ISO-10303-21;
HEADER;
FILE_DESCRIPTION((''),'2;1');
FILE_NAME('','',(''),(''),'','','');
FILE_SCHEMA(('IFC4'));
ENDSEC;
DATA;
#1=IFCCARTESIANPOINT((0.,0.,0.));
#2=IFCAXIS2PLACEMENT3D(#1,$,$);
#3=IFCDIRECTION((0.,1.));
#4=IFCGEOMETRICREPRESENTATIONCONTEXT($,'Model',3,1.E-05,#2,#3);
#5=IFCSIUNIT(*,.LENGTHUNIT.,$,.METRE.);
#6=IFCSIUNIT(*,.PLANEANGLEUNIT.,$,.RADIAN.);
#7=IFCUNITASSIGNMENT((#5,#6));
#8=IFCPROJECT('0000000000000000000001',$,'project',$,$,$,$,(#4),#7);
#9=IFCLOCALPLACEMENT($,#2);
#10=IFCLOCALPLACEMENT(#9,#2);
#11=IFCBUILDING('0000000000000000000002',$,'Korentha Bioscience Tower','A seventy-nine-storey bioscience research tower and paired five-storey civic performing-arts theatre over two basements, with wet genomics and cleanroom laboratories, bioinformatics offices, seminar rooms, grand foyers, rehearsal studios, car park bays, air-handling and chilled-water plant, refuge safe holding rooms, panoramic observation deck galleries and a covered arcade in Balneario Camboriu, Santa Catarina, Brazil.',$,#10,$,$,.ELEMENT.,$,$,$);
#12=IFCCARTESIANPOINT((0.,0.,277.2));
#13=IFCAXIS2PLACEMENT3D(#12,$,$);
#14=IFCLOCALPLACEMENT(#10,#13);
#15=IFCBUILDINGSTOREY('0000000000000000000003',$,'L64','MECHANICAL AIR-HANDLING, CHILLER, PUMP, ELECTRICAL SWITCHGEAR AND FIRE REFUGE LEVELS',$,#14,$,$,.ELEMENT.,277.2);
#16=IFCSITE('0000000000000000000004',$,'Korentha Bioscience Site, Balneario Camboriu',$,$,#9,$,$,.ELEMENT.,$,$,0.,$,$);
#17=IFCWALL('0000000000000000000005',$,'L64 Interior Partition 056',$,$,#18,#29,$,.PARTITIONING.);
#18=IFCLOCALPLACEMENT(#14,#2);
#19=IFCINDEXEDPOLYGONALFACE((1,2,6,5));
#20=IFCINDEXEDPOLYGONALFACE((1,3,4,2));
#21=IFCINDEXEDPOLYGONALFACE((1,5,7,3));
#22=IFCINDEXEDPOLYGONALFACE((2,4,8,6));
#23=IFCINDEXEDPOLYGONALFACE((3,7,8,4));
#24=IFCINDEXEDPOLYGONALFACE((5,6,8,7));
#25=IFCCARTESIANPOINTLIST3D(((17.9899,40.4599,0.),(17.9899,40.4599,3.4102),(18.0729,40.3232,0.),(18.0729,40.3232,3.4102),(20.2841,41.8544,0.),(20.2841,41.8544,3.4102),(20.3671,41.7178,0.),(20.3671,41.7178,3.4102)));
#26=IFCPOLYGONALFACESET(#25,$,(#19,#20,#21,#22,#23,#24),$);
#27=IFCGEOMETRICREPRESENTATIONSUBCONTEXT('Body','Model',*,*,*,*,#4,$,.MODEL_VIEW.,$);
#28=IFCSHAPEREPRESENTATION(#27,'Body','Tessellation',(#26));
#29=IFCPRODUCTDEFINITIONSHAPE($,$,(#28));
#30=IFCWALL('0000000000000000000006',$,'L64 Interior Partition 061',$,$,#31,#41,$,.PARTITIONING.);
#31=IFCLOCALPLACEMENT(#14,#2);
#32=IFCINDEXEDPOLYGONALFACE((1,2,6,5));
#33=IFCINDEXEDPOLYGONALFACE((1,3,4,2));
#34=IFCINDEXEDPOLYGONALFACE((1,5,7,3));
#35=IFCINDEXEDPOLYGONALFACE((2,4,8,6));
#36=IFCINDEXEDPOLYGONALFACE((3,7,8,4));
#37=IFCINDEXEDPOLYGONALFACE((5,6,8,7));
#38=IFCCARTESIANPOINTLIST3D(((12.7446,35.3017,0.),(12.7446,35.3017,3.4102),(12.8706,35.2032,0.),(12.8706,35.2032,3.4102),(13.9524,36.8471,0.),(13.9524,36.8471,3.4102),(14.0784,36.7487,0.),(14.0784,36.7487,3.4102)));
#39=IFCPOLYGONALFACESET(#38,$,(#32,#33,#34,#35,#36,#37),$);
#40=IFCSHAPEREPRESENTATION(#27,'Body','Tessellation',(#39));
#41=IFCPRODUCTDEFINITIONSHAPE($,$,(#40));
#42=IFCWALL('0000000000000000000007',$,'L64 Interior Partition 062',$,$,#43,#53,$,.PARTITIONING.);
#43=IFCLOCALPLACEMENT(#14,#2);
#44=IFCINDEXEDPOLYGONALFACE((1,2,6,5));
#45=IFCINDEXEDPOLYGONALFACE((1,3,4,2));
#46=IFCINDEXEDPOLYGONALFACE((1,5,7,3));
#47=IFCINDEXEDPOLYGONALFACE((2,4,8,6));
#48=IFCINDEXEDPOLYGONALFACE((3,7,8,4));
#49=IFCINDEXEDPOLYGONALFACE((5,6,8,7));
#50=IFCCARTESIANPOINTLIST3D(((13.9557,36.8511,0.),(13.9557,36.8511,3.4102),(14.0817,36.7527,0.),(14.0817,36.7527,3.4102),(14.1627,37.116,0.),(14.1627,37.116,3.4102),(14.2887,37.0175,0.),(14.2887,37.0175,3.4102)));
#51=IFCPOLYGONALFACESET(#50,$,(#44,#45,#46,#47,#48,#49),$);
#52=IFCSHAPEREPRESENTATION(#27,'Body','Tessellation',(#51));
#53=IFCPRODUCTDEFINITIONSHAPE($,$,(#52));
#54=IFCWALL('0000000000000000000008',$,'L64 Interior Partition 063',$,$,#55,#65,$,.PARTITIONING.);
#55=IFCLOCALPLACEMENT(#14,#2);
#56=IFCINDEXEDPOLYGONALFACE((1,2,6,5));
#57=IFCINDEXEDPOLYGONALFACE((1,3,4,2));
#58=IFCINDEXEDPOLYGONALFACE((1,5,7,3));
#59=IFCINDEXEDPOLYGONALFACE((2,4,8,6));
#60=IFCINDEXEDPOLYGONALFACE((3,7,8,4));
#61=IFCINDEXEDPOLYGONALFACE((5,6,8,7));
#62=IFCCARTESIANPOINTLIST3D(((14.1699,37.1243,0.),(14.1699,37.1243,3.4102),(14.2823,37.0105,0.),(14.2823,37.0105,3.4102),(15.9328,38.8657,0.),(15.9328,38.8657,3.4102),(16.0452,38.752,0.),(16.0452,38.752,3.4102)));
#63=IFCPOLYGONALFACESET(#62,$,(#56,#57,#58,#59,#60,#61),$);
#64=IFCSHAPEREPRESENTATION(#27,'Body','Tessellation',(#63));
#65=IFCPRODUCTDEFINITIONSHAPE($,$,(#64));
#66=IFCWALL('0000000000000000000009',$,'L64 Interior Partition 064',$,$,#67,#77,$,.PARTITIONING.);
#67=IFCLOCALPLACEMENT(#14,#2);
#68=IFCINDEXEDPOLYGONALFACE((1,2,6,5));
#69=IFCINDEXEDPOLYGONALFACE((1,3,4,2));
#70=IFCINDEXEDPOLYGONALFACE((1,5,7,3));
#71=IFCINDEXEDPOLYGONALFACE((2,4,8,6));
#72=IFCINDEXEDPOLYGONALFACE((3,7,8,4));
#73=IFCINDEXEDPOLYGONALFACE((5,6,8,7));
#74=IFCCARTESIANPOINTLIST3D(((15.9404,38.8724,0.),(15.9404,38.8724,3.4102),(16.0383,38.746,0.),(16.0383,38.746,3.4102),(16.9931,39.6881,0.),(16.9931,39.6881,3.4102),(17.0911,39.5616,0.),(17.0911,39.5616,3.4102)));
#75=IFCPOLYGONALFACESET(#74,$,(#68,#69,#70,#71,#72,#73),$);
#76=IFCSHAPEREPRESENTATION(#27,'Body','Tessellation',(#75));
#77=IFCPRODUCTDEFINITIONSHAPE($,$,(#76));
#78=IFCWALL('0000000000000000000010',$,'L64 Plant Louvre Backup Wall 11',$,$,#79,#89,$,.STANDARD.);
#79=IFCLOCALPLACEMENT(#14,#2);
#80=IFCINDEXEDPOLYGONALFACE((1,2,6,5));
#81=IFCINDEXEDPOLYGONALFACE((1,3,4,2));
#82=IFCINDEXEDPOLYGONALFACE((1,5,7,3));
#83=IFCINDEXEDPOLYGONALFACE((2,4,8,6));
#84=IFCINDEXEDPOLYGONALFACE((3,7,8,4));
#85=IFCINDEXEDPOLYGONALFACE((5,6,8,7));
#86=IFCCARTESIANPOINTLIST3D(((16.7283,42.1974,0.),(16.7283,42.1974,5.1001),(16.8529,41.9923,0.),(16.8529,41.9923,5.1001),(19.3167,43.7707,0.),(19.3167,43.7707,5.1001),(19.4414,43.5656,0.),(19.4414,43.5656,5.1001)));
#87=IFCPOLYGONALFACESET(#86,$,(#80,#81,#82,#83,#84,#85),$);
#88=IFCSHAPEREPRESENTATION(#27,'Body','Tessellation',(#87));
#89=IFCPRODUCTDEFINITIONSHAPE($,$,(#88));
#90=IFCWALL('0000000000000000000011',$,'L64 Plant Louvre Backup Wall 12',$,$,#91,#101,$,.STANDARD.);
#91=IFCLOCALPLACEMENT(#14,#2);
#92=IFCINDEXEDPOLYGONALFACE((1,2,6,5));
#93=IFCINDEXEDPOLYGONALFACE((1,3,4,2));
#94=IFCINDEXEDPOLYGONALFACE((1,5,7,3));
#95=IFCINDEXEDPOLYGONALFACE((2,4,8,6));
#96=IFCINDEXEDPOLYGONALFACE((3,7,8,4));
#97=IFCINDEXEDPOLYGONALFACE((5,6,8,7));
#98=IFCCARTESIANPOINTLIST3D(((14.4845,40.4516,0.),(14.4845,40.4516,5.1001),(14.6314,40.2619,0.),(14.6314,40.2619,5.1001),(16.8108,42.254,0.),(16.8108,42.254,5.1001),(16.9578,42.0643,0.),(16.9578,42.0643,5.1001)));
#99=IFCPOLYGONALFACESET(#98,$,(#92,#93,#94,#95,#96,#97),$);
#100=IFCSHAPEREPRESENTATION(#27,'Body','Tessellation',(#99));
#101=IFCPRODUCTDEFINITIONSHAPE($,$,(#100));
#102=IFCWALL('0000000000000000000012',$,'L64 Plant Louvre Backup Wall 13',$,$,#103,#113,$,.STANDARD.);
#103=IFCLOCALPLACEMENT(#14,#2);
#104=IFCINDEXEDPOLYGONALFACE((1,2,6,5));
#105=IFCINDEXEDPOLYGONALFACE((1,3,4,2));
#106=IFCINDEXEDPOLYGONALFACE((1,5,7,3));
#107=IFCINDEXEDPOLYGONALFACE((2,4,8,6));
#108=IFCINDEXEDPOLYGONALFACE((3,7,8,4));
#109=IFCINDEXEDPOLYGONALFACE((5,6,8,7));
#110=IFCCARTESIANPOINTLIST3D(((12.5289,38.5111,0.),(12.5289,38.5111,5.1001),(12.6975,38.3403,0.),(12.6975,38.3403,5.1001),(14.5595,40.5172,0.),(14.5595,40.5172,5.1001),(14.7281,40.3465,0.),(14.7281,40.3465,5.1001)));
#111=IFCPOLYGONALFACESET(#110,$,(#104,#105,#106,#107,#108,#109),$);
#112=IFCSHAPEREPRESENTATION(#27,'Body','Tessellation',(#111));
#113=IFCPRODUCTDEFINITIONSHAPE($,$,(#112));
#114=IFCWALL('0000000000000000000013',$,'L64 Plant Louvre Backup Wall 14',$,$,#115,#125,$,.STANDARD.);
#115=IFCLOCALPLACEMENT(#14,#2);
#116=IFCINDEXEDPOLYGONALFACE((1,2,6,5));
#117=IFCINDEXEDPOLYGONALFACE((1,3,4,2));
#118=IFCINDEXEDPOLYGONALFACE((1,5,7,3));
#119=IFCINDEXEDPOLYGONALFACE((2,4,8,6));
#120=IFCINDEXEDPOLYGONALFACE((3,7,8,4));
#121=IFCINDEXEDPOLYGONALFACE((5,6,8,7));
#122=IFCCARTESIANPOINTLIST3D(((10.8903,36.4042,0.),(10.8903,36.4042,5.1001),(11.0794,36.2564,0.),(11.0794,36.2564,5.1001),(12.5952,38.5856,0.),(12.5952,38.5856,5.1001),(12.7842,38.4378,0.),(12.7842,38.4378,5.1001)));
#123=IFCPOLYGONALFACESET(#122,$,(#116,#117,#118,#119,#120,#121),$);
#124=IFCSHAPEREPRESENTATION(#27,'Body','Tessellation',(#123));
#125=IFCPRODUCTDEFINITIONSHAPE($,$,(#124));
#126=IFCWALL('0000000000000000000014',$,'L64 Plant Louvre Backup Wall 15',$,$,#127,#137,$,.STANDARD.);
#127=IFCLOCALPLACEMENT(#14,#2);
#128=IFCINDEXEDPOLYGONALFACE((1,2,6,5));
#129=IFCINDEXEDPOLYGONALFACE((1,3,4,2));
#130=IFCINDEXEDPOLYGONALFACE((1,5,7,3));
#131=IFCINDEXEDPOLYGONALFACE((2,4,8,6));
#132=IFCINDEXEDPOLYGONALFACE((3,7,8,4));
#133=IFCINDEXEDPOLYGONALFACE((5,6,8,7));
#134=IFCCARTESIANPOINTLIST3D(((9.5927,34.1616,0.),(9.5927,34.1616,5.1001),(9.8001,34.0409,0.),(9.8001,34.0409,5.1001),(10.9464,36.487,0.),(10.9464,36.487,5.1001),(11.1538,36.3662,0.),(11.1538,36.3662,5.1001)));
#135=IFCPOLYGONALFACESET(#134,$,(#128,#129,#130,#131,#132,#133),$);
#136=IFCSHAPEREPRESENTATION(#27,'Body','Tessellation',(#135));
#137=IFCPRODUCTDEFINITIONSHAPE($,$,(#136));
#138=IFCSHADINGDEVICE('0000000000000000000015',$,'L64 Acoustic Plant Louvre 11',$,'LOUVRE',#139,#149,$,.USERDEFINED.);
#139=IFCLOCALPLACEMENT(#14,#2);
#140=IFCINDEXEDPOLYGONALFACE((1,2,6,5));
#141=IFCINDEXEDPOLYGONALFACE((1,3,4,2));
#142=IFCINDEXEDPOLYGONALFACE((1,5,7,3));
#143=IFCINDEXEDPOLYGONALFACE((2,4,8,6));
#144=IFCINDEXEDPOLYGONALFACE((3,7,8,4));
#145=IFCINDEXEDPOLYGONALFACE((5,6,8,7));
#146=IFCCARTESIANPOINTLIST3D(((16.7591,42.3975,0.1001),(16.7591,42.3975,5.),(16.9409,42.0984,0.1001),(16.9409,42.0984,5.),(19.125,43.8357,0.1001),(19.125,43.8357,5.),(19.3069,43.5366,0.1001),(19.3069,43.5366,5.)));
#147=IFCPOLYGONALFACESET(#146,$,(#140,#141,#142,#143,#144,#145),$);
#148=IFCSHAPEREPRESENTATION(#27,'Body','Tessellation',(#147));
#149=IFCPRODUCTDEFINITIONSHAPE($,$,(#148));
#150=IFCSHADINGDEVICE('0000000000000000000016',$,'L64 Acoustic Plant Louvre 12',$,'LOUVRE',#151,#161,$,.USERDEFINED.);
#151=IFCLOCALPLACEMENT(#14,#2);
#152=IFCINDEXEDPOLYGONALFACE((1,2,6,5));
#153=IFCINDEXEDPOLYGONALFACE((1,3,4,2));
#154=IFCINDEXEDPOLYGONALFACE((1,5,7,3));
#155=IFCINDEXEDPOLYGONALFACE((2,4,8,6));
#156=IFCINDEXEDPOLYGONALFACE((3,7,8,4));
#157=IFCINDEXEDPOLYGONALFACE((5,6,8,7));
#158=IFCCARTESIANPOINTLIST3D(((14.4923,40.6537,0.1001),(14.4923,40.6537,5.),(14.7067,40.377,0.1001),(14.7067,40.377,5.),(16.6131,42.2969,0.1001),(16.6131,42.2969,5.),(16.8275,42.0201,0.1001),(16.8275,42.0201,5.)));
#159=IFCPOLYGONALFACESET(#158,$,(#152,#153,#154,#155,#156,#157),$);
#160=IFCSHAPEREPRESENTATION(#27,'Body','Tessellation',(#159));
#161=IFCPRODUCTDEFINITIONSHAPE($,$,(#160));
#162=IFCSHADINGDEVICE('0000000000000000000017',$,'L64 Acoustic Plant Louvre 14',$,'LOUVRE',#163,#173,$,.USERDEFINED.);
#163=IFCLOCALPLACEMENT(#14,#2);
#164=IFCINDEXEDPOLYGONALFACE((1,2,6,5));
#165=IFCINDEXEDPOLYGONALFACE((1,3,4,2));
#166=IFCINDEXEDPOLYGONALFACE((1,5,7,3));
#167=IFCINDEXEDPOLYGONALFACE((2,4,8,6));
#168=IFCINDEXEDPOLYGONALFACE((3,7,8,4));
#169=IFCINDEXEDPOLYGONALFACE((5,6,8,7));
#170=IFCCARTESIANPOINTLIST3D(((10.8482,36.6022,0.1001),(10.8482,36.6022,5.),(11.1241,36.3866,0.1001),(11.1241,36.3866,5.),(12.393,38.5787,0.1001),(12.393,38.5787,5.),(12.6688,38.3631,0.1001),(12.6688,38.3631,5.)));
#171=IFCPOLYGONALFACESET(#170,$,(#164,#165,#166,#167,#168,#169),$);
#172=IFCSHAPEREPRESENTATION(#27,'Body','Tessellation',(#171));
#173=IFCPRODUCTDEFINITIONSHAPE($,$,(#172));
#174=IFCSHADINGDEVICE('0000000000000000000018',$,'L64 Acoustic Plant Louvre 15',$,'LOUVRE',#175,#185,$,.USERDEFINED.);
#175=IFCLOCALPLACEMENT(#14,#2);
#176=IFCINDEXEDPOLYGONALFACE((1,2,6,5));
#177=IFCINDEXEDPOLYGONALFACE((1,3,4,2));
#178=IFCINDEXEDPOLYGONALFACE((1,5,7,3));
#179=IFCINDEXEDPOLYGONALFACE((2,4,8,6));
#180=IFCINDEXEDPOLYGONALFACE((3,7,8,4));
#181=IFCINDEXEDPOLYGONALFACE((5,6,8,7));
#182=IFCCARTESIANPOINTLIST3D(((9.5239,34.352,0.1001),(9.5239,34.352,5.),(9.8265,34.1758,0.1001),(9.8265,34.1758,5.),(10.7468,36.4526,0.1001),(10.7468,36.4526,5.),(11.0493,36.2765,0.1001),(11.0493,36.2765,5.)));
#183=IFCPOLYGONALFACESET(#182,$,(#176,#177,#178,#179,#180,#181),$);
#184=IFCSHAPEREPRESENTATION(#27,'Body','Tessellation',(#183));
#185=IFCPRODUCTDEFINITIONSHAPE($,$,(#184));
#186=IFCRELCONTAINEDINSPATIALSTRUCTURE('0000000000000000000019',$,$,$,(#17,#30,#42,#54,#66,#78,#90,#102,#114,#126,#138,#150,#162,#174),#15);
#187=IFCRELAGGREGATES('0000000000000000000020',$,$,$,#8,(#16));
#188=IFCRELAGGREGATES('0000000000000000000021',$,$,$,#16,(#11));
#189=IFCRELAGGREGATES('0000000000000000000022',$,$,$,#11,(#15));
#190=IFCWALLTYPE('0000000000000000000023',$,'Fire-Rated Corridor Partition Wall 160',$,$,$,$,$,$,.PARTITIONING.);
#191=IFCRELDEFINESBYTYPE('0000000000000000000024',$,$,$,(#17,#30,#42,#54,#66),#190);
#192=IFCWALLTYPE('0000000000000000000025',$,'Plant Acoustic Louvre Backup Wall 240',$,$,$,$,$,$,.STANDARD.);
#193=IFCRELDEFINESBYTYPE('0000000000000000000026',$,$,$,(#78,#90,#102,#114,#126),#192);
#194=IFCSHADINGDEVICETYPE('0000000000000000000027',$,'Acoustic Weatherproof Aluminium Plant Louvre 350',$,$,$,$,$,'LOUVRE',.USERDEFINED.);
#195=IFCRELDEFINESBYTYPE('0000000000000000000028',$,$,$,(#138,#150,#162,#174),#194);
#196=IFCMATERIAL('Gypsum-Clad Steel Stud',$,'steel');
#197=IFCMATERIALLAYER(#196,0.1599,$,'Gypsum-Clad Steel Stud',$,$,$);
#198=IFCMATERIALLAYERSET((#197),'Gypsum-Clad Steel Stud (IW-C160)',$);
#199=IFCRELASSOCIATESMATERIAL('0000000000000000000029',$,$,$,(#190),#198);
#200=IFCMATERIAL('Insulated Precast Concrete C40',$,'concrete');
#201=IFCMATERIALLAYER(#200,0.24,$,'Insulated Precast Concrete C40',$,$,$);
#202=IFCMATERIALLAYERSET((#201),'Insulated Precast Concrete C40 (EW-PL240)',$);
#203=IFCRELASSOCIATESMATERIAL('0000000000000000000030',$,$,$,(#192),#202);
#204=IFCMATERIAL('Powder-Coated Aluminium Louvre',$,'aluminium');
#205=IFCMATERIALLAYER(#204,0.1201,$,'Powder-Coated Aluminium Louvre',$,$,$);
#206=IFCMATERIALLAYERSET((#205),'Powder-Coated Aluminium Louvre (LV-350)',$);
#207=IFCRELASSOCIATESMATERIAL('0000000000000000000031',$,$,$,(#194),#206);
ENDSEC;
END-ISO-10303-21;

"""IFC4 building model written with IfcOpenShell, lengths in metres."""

from ifc_helpers import new_model, si_unit, direction, frame, frame_2d, origin, origin_2d, place, context, subcontext, project, spatial, rectangle, extrude, material, layer, layer_set, type_object, element, save


model = new_model("IFC4")

# Units and contexts
model_context = context("Model", 3, precision=1e-05, world=origin(), true_north=direction((0.0, 1.0)))
body_context = subcontext(model_context, "Body", "Model", "MODEL_VIEW")
ifc_project = project(units=[si_unit("LENGTHUNIT", "METRE"), si_unit("PLANEANGLEUNIT", "RADIAN")], contexts=[model_context])

# Site, building, storey
site_placement = place(None, origin())
site = spatial("IfcSite", under=ifc_project, at=site_placement, Name="Korentha Bioscience Site, Balneario Camboriu", CompositionType="ELEMENT", RefElevation=0.0)
building_placement = place(site_placement, origin())
building = spatial("IfcBuilding", under=site, at=building_placement, Name="Korentha Bioscience Tower", Description="A seventy-nine-storey bioscience research tower and paired five-storey civic performing-arts theatre over two basements, with wet genomics and cleanroom laboratories, bioinformatics offices, seminar rooms, grand foyers, rehearsal studios, car park bays, air-handling and chilled-water plant, refuge safe holding rooms, panoramic observation deck galleries and a covered arcade in Balneario Camboriu, Santa Catarina, Brazil.", CompositionType="ELEMENT")
storey_placement = place(building_placement, frame((0.0, 0.0, 277.2)))
storey = spatial("IfcBuildingStorey", under=building, at=storey_placement, Name="L64", Description="MECHANICAL AIR-HANDLING, CHILLER, PUMP, ELECTRICAL SWITCHGEAR AND FIRE REFUGE LEVELS", CompositionType="ELEMENT", Elevation=277.2)

# Walls
ifc_material_1 = material(Name="Gypsum-Clad Steel Stud", Category="steel")
ifc_layer_1 = layer(ifc_material_1, 0.1599, Name="Gypsum-Clad Steel Stud")
ifc_layer_set_1 = layer_set([ifc_layer_1], Name="Gypsum-Clad Steel Stud (IW-C160)")
wall_type_1 = type_object("IfcWallType", Name="Fire-Rated Corridor Partition Wall 160", PredefinedType="PARTITIONING", material=ifc_layer_set_1)
wall_1_placement = place(storey_placement, frame((18.0315, 40.3916, 0.0), z_axis=(0.0, 0.0, 1.0), x_axis=(0.854518, 0.519422, 0.0)))
element("IfcWall", 1, at=wall_1_placement, inside=storey, type_object=wall_type_1, Name="L64 Interior Partition 056", PredefinedType="PARTITIONING", context=body_context, shape_type="SweptSolid", body=[
    extrude(rectangle(XDim=2.6848, YDim=0.1599, at=frame_2d((1.3423, 0.0))), origin(), (0.0, 0.0, 1.0), 3.4102),
])
wall_2_placement = place(storey_placement, frame((12.8076, 35.2524, 0.0), z_axis=(0.0, 0.0, 1.0), x_axis=(0.615774, 0.787922, 0.0)))
element("IfcWall", 2, at=wall_2_placement, inside=storey, type_object=wall_type_1, Name="L64 Interior Partition 061", PredefinedType="PARTITIONING", context=body_context, shape_type="SweptSolid", body=[
    extrude(rectangle(XDim=1.9614, YDim=0.1599, at=frame_2d((0.9807, 0.0))), origin(), (0.0, 0.0, 1.0), 3.4102),
])
wall_3_placement = place(storey_placement, frame((14.0188, 36.802, 0.0), z_axis=(0.0, 0.0, 1.0), x_axis=(0.615799, 0.787903, 0.0)))
element("IfcWall", 3, at=wall_3_placement, inside=storey, type_object=wall_type_1, Name="L64 Interior Partition 062", PredefinedType="PARTITIONING", context=body_context, shape_type="SweptSolid", body=[
    extrude(rectangle(XDim=0.3362, YDim=0.1599, at=frame_2d((0.168, 0.0))), origin(), (0.0, 0.0, 1.0), 3.4102),
])
wall_4_placement = place(storey_placement, frame((14.2261, 37.0674, 0.0), z_axis=(0.0, 0.0, 1.0), x_axis=(0.711428, 0.702759, 0.0)))
element("IfcWall", 4, at=wall_4_placement, inside=storey, type_object=wall_type_1, Name="L64 Interior Partition 063", PredefinedType="PARTITIONING", context=body_context, shape_type="SweptSolid", body=[
    extrude(rectangle(XDim=2.478, YDim=0.1599, at=frame_2d((1.239, 0.0))), origin(), (0.0, 0.0, 1.0), 3.4102),
])
wall_5_placement = place(storey_placement, frame((15.9893, 38.8091, 0.0), z_axis=(0.0, 0.0, 1.0), x_axis=(0.790486, 0.61248, 0.0)))
element("IfcWall", 5, at=wall_5_placement, inside=storey, type_object=wall_type_1, Name="L64 Interior Partition 064", PredefinedType="PARTITIONING", context=body_context, shape_type="SweptSolid", body=[
    extrude(rectangle(XDim=1.3318, YDim=0.1599, at=frame_2d((0.666, 0.0))), origin(), (0.0, 0.0, 1.0), 3.4102),
])
ifc_material_2 = material(Name="Insulated Precast Concrete C40", Category="concrete")
ifc_layer_2 = layer(ifc_material_2, 0.24, Name="Insulated Precast Concrete C40")
ifc_layer_set_2 = layer_set([ifc_layer_2], Name="Insulated Precast Concrete C40 (EW-PL240)")
wall_type_2 = type_object("IfcWallType", Name="Plant Acoustic Louvre Backup Wall 240", PredefinedType="STANDARD", material=ifc_layer_set_2)
wall_6_placement = place(storey_placement, frame((19.3792, 43.6682, 0.0), z_axis=(0.0, 0.0, 1.0), x_axis=(-0.854535, -0.519395, 0.0)))
element("IfcWall", 6, at=wall_6_placement, inside=storey, type_object=wall_type_2, Name="L64 Plant Louvre Backup Wall 11", PredefinedType="STANDARD", context=body_context, shape_type="SweptSolid", body=[
    extrude(rectangle(XDim=3.0291, YDim=0.24, at=frame_2d((1.5146, 0.0))), origin(), (0.0, 0.0, 1.0), 5.1001),
])
wall_7_placement = place(storey_placement, frame((16.8843, 42.1592, 0.0), z_axis=(0.0, 0.0, 1.0), x_axis=(-0.790494, -0.612469, 0.0)))
element("IfcWall", 7, at=wall_7_placement, inside=storey, type_object=wall_type_2, Name="L64 Plant Louvre Backup Wall 12", PredefinedType="STANDARD", context=body_context, shape_type="SweptSolid", body=[
    extrude(rectangle(XDim=2.9429, YDim=0.24, at=frame_2d((1.4714, 0.0))), origin(), (0.0, 0.0, 1.0), 5.1001),
])
wall_8_placement = place(storey_placement, frame((14.6438, 40.4319, 0.0), z_axis=(0.0, 0.0, 1.0), x_axis=(-0.71137, -0.702817, 0.0)))
element("IfcWall", 8, at=wall_8_placement, inside=storey, type_object=wall_type_2, Name="L64 Plant Louvre Backup Wall 13", PredefinedType="STANDARD", context=body_context, shape_type="SweptSolid", body=[
    extrude(rectangle(XDim=2.8545, YDim=0.24, at=frame_2d((1.4272, 0.0))), origin(), (0.0, 0.0, 1.0), 5.1001),
])
wall_9_placement = place(storey_placement, frame((12.6897, 38.5117, 0.0), z_axis=(0.0, 0.0, 1.0), x_axis=(-0.615783, -0.787916, 0.0)))
element("IfcWall", 9, at=wall_9_placement, inside=storey, type_object=wall_type_2, Name="L64 Plant Louvre Backup Wall 14", PredefinedType="STANDARD", context=body_context, shape_type="SweptSolid", body=[
    extrude(rectangle(XDim=2.7686, YDim=0.24, at=frame_2d((1.3843, 0.0))), origin(), (0.0, 0.0, 1.0), 5.1001),
])
wall_10_placement = place(storey_placement, frame((11.05, 36.4265, 0.0), z_axis=(0.0, 0.0, 1.0), x_axis=(-0.503109, -0.864223, 0.0)))
element("IfcWall", 10, at=wall_10_placement, inside=storey, type_object=wall_type_2, Name="L64 Plant Louvre Backup Wall 15", PredefinedType="STANDARD", context=body_context, shape_type="SweptSolid", body=[
    extrude(rectangle(XDim=2.6907, YDim=0.24, at=frame_2d((1.3452, 0.0))), origin(), (0.0, 0.0, 1.0), 5.1001),
])

# Shading devices
ifc_material_3 = material(Name="Powder-Coated Aluminium Louvre", Category="aluminium")
ifc_layer_3 = layer(ifc_material_3, 0.1201, Name="Powder-Coated Aluminium Louvre")
ifc_layer_set_3 = layer_set([ifc_layer_3], Name="Powder-Coated Aluminium Louvre (LV-350)")
shading_device_type = type_object("IfcShadingDeviceType", Name="Acoustic Weatherproof Aluminium Plant Louvre 350", ElementType="LOUVRE", PredefinedType="USERDEFINED", material=ifc_layer_set_3)
shading_device_1_placement = place(storey_placement, frame((18.033, 42.967, 0.1001), z_axis=(0.0, 0.0, 1.0), x_axis=(-0.854508, -0.519438, 0.0)))
element("IfcShadingDevice", 11, at=shading_device_1_placement, inside=storey, type_object=shading_device_type, Name="L64 Acoustic Plant Louvre 11", ObjectType="LOUVRE", PredefinedType="USERDEFINED", context=body_context, shape_type="SweptSolid", body=[
    extrude(rectangle(XDim=2.7688, YDim=0.3501, at=origin_2d()), origin(), (0.0, 0.0, 1.0), 4.8999),
])
shading_device_2_placement = place(storey_placement, frame((15.6599, 41.3369, 0.1001), z_axis=(0.0, 0.0, 1.0), x_axis=(-0.790493, -0.612471, 0.0)))
element("IfcShadingDevice", 12, at=shading_device_2_placement, inside=storey, type_object=shading_device_type, Name="L64 Acoustic Plant Louvre 12", ObjectType="LOUVRE", PredefinedType="USERDEFINED", context=body_context, shape_type="SweptSolid", body=[
    extrude(rectangle(XDim=2.6829, YDim=0.3501, at=origin_2d()), origin(), (0.0, 0.0, 1.0), 4.8999),
])
shading_device_3_placement = place(storey_placement, frame((11.7585, 37.4827, 0.1001), z_axis=(0.0, 0.0, 1.0), x_axis=(-0.615794, -0.787907, 0.0)))
element("IfcShadingDevice", 13, at=shading_device_3_placement, inside=storey, type_object=shading_device_type, Name="L64 Acoustic Plant Louvre 14", ObjectType="LOUVRE", PredefinedType="USERDEFINED", context=body_context, shape_type="SweptSolid", body=[
    extrude(rectangle(XDim=2.5085, YDim=0.3501, at=origin_2d()), origin(), (0.0, 0.0, 1.0), 4.8999),
])
shading_device_4_placement = place(storey_placement, frame((10.2866, 35.3142, 0.1001), z_axis=(0.0, 0.0, 1.0), x_axis=(-0.503098, -0.864229, 0.0)))
element("IfcShadingDevice", 14, at=shading_device_4_placement, inside=storey, type_object=shading_device_type, Name="L64 Acoustic Plant Louvre 15", ObjectType="LOUVRE", PredefinedType="USERDEFINED", context=body_context, shape_type="SweptSolid", body=[
    extrude(rectangle(XDim=2.4307, YDim=0.3501, at=origin_2d()), origin(), (0.0, 0.0, 1.0), 4.8999),
])

save(model, "model.ifc")
